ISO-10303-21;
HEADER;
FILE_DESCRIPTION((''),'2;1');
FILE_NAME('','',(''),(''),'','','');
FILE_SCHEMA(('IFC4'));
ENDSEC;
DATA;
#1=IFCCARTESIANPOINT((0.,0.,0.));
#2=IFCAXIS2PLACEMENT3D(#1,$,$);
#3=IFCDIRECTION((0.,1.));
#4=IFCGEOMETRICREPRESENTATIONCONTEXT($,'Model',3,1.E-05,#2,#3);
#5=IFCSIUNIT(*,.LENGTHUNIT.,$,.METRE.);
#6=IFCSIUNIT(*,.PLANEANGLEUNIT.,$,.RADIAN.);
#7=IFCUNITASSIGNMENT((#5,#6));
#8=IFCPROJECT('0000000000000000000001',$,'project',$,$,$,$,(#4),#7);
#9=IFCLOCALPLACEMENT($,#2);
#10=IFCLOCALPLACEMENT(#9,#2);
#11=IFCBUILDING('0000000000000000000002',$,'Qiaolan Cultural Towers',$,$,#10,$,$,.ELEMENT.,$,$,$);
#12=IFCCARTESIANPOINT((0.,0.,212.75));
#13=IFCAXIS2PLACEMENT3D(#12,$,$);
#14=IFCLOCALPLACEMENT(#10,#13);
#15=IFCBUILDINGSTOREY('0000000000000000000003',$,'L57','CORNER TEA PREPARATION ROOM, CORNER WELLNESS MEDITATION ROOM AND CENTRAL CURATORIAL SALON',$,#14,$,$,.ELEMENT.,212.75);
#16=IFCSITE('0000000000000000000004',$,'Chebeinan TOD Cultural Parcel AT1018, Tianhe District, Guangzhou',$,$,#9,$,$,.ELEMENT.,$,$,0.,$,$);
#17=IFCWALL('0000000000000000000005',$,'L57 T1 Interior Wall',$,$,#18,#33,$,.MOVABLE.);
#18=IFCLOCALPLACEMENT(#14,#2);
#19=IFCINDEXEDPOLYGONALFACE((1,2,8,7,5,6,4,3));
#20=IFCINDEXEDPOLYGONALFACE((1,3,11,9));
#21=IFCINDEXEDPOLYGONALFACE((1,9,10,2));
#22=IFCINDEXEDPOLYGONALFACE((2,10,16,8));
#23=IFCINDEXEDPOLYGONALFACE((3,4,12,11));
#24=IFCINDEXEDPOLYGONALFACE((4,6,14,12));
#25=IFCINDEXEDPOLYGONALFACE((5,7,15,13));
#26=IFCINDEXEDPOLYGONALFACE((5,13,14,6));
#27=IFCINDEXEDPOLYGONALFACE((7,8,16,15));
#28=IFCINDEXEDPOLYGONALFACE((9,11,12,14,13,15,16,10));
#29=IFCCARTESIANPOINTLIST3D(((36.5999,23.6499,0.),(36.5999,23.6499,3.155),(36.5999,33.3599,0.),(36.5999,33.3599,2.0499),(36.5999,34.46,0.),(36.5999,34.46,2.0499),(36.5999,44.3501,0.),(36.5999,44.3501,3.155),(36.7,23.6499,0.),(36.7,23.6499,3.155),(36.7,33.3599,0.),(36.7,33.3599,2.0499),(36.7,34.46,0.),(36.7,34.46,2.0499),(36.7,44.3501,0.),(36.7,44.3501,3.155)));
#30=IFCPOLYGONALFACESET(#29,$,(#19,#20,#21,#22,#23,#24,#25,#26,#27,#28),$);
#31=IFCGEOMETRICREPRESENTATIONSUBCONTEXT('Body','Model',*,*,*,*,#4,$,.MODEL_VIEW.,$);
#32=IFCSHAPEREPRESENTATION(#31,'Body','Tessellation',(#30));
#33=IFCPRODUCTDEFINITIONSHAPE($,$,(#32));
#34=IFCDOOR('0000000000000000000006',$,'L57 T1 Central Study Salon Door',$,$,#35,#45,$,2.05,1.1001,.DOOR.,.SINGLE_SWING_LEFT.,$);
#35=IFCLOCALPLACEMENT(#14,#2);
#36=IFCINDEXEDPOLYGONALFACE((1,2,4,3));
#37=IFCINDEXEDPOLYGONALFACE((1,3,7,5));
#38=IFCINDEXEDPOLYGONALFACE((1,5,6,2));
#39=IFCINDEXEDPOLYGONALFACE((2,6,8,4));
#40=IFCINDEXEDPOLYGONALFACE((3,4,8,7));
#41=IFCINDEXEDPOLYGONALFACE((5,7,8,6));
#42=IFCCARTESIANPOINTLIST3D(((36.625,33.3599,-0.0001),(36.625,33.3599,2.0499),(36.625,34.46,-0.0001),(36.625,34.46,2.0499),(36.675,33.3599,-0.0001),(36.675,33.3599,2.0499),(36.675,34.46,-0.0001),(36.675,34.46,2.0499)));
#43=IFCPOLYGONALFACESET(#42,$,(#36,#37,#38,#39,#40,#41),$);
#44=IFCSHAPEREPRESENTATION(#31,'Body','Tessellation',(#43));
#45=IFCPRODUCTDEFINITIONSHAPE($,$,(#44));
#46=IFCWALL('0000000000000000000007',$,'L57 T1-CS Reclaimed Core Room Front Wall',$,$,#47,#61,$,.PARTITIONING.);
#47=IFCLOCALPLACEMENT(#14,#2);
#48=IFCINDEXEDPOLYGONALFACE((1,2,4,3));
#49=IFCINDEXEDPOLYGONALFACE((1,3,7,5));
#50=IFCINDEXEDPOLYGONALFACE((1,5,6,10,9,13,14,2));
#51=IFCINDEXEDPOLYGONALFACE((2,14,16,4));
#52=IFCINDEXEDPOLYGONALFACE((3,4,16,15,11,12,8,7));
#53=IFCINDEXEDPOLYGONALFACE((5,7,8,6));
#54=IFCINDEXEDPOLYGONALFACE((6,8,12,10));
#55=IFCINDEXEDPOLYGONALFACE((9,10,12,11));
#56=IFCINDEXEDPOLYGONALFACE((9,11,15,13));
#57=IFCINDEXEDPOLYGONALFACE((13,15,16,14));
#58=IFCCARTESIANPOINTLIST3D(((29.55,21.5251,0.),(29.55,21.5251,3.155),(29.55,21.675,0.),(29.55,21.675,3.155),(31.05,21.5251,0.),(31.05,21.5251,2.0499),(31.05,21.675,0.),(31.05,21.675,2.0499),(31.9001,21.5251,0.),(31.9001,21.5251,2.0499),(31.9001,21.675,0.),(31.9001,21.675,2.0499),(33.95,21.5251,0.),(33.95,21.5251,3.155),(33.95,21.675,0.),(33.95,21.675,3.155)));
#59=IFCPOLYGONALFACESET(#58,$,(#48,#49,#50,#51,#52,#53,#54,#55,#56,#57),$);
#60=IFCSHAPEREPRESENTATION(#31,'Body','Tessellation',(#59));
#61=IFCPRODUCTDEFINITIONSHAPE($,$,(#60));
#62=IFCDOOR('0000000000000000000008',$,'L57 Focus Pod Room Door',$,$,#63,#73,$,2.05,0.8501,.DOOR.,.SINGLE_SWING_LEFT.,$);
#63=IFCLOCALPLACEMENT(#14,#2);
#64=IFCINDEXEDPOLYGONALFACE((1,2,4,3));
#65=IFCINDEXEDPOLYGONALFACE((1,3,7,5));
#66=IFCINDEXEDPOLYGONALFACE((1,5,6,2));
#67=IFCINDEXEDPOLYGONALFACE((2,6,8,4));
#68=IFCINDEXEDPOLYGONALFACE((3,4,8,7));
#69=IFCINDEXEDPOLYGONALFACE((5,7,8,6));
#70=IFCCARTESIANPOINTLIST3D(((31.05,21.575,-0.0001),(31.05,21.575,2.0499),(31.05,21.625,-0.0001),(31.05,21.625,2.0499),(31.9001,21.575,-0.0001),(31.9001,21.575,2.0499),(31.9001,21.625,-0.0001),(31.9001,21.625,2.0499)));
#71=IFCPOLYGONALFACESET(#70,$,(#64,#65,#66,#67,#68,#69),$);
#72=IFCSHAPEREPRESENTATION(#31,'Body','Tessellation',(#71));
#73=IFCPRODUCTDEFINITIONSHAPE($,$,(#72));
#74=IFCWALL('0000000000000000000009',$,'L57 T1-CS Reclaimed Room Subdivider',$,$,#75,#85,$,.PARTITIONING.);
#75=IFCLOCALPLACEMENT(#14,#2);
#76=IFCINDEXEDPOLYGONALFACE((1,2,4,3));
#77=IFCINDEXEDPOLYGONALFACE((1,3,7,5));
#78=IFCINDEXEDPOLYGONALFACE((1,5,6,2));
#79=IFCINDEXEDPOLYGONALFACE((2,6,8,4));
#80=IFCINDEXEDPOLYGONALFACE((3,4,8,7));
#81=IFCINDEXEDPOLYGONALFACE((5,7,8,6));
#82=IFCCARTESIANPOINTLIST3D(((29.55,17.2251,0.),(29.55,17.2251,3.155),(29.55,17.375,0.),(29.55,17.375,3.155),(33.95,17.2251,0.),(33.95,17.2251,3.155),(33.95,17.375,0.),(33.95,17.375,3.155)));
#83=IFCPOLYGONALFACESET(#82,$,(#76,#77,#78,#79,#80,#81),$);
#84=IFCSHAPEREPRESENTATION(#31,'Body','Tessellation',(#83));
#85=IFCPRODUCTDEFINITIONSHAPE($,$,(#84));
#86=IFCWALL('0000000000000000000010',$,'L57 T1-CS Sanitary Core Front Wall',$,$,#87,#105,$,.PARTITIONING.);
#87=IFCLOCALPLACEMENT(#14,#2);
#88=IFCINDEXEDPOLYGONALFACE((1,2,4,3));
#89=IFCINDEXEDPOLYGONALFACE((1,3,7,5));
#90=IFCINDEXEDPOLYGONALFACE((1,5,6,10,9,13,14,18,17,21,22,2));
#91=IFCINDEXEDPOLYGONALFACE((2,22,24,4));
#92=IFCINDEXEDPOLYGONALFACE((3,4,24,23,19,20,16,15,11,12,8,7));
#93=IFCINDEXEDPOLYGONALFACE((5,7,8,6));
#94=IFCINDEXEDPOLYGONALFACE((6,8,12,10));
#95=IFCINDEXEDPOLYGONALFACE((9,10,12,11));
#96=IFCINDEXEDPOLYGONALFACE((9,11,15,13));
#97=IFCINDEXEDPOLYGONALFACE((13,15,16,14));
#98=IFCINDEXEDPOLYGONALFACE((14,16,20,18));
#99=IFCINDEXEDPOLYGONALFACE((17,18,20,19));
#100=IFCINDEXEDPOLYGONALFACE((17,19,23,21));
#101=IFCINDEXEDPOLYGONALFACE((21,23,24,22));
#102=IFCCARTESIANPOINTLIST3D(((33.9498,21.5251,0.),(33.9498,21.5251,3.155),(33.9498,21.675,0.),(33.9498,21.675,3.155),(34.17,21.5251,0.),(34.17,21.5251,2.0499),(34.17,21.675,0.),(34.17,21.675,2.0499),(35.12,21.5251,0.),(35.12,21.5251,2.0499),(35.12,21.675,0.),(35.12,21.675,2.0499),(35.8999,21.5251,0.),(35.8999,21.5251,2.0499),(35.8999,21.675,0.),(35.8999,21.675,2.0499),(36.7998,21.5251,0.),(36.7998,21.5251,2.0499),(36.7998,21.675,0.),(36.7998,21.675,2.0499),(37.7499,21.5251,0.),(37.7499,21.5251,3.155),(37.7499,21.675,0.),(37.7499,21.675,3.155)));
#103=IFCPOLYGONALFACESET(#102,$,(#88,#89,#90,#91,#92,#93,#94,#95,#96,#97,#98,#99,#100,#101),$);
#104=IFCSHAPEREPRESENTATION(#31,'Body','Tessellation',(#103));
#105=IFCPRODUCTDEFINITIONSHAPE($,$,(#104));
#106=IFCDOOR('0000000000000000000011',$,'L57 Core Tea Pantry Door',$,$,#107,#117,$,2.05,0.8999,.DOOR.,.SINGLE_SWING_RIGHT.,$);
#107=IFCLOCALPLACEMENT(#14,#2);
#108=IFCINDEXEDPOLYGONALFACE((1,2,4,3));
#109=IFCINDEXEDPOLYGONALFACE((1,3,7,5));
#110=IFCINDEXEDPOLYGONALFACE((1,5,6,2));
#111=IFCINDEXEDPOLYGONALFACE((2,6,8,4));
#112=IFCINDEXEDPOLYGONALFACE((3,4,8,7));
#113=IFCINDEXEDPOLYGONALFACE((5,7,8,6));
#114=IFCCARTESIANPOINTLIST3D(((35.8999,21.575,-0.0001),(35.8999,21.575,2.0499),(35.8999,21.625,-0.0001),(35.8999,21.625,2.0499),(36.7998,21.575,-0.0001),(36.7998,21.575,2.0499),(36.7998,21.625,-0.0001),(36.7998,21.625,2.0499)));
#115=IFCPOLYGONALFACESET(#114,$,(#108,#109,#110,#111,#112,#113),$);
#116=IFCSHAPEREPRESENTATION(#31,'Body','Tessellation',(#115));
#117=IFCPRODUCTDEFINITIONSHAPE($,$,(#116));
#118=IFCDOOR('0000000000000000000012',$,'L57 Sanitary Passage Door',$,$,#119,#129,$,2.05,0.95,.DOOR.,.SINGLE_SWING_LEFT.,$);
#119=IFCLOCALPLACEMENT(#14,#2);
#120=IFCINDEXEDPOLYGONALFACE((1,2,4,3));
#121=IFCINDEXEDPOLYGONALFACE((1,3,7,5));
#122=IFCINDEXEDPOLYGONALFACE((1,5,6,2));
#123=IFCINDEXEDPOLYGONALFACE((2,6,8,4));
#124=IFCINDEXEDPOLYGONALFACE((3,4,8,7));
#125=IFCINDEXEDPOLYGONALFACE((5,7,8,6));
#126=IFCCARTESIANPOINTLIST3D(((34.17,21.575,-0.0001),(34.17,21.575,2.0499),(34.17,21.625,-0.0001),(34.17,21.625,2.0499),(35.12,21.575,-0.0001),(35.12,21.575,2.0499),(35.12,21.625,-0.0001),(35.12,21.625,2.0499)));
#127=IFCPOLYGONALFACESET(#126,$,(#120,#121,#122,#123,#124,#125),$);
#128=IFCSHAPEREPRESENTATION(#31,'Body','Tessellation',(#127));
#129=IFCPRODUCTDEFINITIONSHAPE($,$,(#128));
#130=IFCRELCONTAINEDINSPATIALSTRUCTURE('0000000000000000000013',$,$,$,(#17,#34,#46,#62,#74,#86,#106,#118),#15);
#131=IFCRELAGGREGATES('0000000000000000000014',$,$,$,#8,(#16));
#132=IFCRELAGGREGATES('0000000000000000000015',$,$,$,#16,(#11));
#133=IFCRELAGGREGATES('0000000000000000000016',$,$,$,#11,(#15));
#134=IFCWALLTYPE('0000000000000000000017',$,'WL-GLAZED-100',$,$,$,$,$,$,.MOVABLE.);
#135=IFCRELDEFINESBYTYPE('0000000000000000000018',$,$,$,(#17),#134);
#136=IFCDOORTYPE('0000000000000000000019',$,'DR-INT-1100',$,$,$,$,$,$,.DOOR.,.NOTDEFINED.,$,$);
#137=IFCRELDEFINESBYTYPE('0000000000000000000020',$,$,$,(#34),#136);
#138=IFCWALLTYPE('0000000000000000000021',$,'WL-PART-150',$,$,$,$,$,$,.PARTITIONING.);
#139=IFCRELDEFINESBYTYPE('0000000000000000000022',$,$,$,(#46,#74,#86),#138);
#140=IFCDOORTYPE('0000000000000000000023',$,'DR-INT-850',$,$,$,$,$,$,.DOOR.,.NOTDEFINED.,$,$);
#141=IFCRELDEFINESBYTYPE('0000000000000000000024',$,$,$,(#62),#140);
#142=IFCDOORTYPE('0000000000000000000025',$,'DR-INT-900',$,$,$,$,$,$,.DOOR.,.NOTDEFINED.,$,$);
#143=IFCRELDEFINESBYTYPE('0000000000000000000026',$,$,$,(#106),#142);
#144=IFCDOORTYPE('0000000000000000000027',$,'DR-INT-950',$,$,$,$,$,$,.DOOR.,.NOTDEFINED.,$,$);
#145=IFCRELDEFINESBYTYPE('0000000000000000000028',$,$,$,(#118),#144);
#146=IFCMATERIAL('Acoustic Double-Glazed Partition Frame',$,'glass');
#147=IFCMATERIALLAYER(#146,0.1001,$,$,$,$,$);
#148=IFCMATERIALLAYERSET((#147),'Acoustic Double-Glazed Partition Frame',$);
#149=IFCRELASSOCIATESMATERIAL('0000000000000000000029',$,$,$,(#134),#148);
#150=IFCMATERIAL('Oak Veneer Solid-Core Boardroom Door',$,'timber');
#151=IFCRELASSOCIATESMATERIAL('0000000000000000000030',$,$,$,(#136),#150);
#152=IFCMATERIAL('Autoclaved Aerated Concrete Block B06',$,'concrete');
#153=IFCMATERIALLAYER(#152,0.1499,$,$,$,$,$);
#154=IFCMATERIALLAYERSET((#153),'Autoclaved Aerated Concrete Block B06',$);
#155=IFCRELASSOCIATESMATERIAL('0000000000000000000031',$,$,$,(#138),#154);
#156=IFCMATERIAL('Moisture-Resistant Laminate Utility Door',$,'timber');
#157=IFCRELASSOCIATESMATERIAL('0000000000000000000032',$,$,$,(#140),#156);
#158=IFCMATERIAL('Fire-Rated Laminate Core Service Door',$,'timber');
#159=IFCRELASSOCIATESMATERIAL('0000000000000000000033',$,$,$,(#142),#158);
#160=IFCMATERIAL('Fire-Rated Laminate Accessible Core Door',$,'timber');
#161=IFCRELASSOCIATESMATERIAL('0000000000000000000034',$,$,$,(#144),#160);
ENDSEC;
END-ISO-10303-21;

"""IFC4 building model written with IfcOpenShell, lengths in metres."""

from ifc_helpers import new_model, si_unit, direction, frame, frame_2d, origin, place, context, subcontext, project, spatial, rectangle, extrude, material, layer, layer_set, type_object, element, fill, save


model = new_model("IFC4")

# Units and contexts
model_context = context("Model", 3, precision=1e-05, world=origin(), true_north=direction((0.0, 1.0)))
body_context = subcontext(model_context, "Body", "Model", "MODEL_VIEW")
ifc_project = project(units=[si_unit("LENGTHUNIT", "METRE"), si_unit("PLANEANGLEUNIT", "RADIAN")], contexts=[model_context])

# Site, building, storey
site_placement = place(None, origin())
site = spatial("IfcSite", under=ifc_project, at=site_placement, Name="Chebeinan TOD Cultural Parcel AT1018, Tianhe District, Guangzhou", CompositionType="ELEMENT", RefElevation=0.0)
building_placement = place(site_placement, origin())
building = spatial("IfcBuilding", under=site, at=building_placement, Name="Qiaolan Cultural Towers", CompositionType="ELEMENT")
storey_placement = place(building_placement, frame((0.0, 0.0, 212.75)))
storey = spatial("IfcBuildingStorey", under=building, at=storey_placement, Name="L57", Description="CORNER TEA PREPARATION ROOM, CORNER WELLNESS MEDITATION ROOM AND CENTRAL CURATORIAL SALON", CompositionType="ELEMENT", Elevation=212.75)

# Walls, openings, doors
ifc_material_1 = material(Name="Acoustic Double-Glazed Partition Frame", Category="glass")
ifc_layer_1 = layer(ifc_material_1, 0.1001)
ifc_layer_set_1 = layer_set([ifc_layer_1], Name="Acoustic Double-Glazed Partition Frame")
wall_type_1 = type_object("IfcWallType", Name="WL-GLAZED-100", PredefinedType="MOVABLE", material=ifc_layer_set_1)
wall_1_placement = place(storey_placement, frame((36.6499, 23.6499, 0.0), z_axis=(0.0, 0.0, 1.0), x_axis=(0.0, 1.0, 0.0)))
wall_1 = element("IfcWall", 1, at=wall_1_placement, inside=storey, type_object=wall_type_1, Name="L57 T1 Interior Wall", PredefinedType="MOVABLE", context=body_context, shape_type="SweptSolid", body=[
    extrude(rectangle(XDim=20.7002, YDim=0.1001, at=frame_2d((10.3501, 0.0))), origin(), (0.0, 0.0, 1.0), 3.155),
])
opening_1_placement = place(wall_1_placement, frame((9.71, 0.0, 0.0)))
opening_1 = element("IfcOpeningElement", 2, at=opening_1_placement, cuts=wall_1, PredefinedType="OPENING", context=body_context, shape_type="SweptSolid", body=[
    extrude(rectangle(XDim=1.1001, YDim=2.05, at=frame_2d((0.55, 1.0249))), frame((0.0, 0.0601, 0.0), z_axis=(0.0, -1.0, 0.0), x_axis=(1.0, 0.0, 0.0)), (0.0, 0.0, 1.0), 0.1201),
])
ifc_material_2 = material(Name="Oak Veneer Solid-Core Boardroom Door", Category="timber")
door_type_1 = type_object("IfcDoorType", Name="DR-INT-1100", OperationType="NOTDEFINED", PredefinedType="DOOR", material=ifc_material_2)
door_1_placement = place(opening_1_placement, origin())
door_1 = element("IfcDoor", 3, at=door_1_placement, inside=storey, type_object=door_type_1, Name="L57 T1 Central Study Salon Door", OperationType="SINGLE_SWING_LEFT", OverallHeight=2.05, OverallWidth=1.1001, PredefinedType="DOOR", context=body_context, shape_type="SweptSolid", body=[
    extrude(rectangle(XDim=1.1001, YDim=2.05, at=frame_2d((0.55, 1.0249))), frame((0.0, 0.0249, 0.0), z_axis=(0.0, -1.0, 0.0), x_axis=(1.0, 0.0, 0.0)), (0.0, 0.0, 1.0), 0.05),
])
fill(opening_1, door_1)
ifc_material_3 = material(Name="Autoclaved Aerated Concrete Block B06", Category="concrete")
ifc_layer_2 = layer(ifc_material_3, 0.1499)
ifc_layer_set_2 = layer_set([ifc_layer_2], Name="Autoclaved Aerated Concrete Block B06")
wall_type_2 = type_object("IfcWallType", Name="WL-PART-150", PredefinedType="PARTITIONING", material=ifc_layer_set_2)
wall_2_placement = place(storey_placement, frame((29.55, 21.6001, 0.0), z_axis=(0.0, 0.0, 1.0), x_axis=(1.0, 0.0, 0.0)))
wall_2 = element("IfcWall", 4, at=wall_2_placement, inside=storey, type_object=wall_type_2, Name="L57 T1-CS Reclaimed Core Room Front Wall", PredefinedType="PARTITIONING", context=body_context, shape_type="SweptSolid", body=[
    extrude(rectangle(XDim=4.3999, YDim=0.1499, at=frame_2d((2.2, 0.0))), origin(), (0.0, 0.0, 1.0), 3.155),
])
opening_2_placement = place(wall_2_placement, frame((1.5, 0.0, 0.0)))
opening_2 = element("IfcOpeningElement", 5, at=opening_2_placement, cuts=wall_2, PredefinedType="OPENING", context=body_context, shape_type="SweptSolid", body=[
    extrude(rectangle(XDim=0.8501, YDim=2.05, at=frame_2d((0.425, 1.0249))), frame((0.0, 0.085, 0.0), z_axis=(0.0, -1.0, 0.0), x_axis=(1.0, 0.0, 0.0)), (0.0, 0.0, 1.0), 0.1699),
])
ifc_material_4 = material(Name="Moisture-Resistant Laminate Utility Door", Category="timber")
door_type_2 = type_object("IfcDoorType", Name="DR-INT-850", OperationType="NOTDEFINED", PredefinedType="DOOR", material=ifc_material_4)
door_2_placement = place(opening_2_placement, origin())
door_2 = element("IfcDoor", 6, at=door_2_placement, inside=storey, type_object=door_type_2, Name="L57 Focus Pod Room Door", OperationType="SINGLE_SWING_LEFT", OverallHeight=2.05, OverallWidth=0.8501, PredefinedType="DOOR", context=body_context, shape_type="SweptSolid", body=[
    extrude(rectangle(XDim=0.8501, YDim=2.05, at=frame_2d((0.425, 1.0249))), frame((0.0, 0.0249, 0.0), z_axis=(0.0, -1.0, 0.0), x_axis=(1.0, 0.0, 0.0)), (0.0, 0.0, 1.0), 0.05),
])
fill(opening_2, door_2)

# Wall
wall_3_placement = place(storey_placement, frame((29.55, 17.3, 0.0), z_axis=(0.0, 0.0, 1.0), x_axis=(1.0, 0.0, 0.0)))
element("IfcWall", 7, at=wall_3_placement, inside=storey, type_object=wall_type_2, Name="L57 T1-CS Reclaimed Room Subdivider", PredefinedType="PARTITIONING", context=body_context, shape_type="SweptSolid", body=[
    extrude(rectangle(XDim=4.3999, YDim=0.1499, at=frame_2d((2.2, 0.0))), origin(), (0.0, 0.0, 1.0), 3.155),
])

# Wall, openings, doors
wall_4_placement = place(storey_placement, frame((33.95, 21.6001, 0.0), z_axis=(0.0, 0.0, 1.0), x_axis=(1.0, 0.0, 0.0)))
wall_4 = element("IfcWall", 8, at=wall_4_placement, inside=storey, type_object=wall_type_2, Name="L57 T1-CS Sanitary Core Front Wall", PredefinedType="PARTITIONING", context=body_context, shape_type="SweptSolid", body=[
    extrude(rectangle(XDim=3.8, YDim=0.1499, at=frame_2d((1.8999, 0.0))), origin(), (0.0, 0.0, 1.0), 3.155),
])
opening_3_placement = place(wall_4_placement, frame((0.22, 0.0, 0.0)))
opening_3 = element("IfcOpeningElement", 9, at=opening_3_placement, cuts=wall_4, PredefinedType="OPENING", context=body_context, shape_type="SweptSolid", body=[
    extrude(rectangle(XDim=0.95, YDim=2.05, at=frame_2d((0.4751, 1.0249))), frame((0.0, 0.085, 0.0), z_axis=(0.0, -1.0, 0.0), x_axis=(1.0, 0.0, 0.0)), (0.0, 0.0, 1.0), 0.1699),
])
opening_4_placement = place(wall_4_placement, frame((1.95, 0.0, 0.0)))
opening_4 = element("IfcOpeningElement", 10, at=opening_4_placement, cuts=wall_4, PredefinedType="OPENING", context=body_context, shape_type="SweptSolid", body=[
    extrude(rectangle(XDim=0.8999, YDim=2.05, at=frame_2d((0.45, 1.0249))), frame((0.0, 0.085, 0.0), z_axis=(0.0, -1.0, 0.0), x_axis=(1.0, 0.0, 0.0)), (0.0, 0.0, 1.0), 0.1699),
])
ifc_material_5 = material(Name="Fire-Rated Laminate Core Service Door", Category="timber")
door_type_3 = type_object("IfcDoorType", Name="DR-INT-900", OperationType="NOTDEFINED", PredefinedType="DOOR", material=ifc_material_5)
door_3_placement = place(opening_4_placement, origin())
door_3 = element("IfcDoor", 11, at=door_3_placement, inside=storey, type_object=door_type_3, Name="L57 Core Tea Pantry Door", OperationType="SINGLE_SWING_RIGHT", OverallHeight=2.05, OverallWidth=0.8999, PredefinedType="DOOR", context=body_context, shape_type="SweptSolid", body=[
    extrude(rectangle(XDim=0.8999, YDim=2.05, at=frame_2d((0.45, 1.0249))), frame((0.0, 0.0249, 0.0), z_axis=(0.0, -1.0, 0.0), x_axis=(1.0, 0.0, 0.0)), (0.0, 0.0, 1.0), 0.05),
])
fill(opening_4, door_3)
ifc_material_6 = material(Name="Fire-Rated Laminate Accessible Core Door", Category="timber")
door_type_4 = type_object("IfcDoorType", Name="DR-INT-950", OperationType="NOTDEFINED", PredefinedType="DOOR", material=ifc_material_6)
door_4_placement = place(opening_3_placement, origin())
door_4 = element("IfcDoor", 12, at=door_4_placement, inside=storey, type_object=door_type_4, Name="L57 Sanitary Passage Door", OperationType="SINGLE_SWING_LEFT", OverallHeight=2.05, OverallWidth=0.95, PredefinedType="DOOR", context=body_context, shape_type="SweptSolid", body=[
    extrude(rectangle(XDim=0.95, YDim=2.05, at=frame_2d((0.4751, 1.0249))), frame((0.0, 0.0249, 0.0), z_axis=(0.0, -1.0, 0.0), x_axis=(1.0, 0.0, 0.0)), (0.0, 0.0, 1.0), 0.05),
])
fill(opening_3, door_4)

save(model, "model.ifc")
